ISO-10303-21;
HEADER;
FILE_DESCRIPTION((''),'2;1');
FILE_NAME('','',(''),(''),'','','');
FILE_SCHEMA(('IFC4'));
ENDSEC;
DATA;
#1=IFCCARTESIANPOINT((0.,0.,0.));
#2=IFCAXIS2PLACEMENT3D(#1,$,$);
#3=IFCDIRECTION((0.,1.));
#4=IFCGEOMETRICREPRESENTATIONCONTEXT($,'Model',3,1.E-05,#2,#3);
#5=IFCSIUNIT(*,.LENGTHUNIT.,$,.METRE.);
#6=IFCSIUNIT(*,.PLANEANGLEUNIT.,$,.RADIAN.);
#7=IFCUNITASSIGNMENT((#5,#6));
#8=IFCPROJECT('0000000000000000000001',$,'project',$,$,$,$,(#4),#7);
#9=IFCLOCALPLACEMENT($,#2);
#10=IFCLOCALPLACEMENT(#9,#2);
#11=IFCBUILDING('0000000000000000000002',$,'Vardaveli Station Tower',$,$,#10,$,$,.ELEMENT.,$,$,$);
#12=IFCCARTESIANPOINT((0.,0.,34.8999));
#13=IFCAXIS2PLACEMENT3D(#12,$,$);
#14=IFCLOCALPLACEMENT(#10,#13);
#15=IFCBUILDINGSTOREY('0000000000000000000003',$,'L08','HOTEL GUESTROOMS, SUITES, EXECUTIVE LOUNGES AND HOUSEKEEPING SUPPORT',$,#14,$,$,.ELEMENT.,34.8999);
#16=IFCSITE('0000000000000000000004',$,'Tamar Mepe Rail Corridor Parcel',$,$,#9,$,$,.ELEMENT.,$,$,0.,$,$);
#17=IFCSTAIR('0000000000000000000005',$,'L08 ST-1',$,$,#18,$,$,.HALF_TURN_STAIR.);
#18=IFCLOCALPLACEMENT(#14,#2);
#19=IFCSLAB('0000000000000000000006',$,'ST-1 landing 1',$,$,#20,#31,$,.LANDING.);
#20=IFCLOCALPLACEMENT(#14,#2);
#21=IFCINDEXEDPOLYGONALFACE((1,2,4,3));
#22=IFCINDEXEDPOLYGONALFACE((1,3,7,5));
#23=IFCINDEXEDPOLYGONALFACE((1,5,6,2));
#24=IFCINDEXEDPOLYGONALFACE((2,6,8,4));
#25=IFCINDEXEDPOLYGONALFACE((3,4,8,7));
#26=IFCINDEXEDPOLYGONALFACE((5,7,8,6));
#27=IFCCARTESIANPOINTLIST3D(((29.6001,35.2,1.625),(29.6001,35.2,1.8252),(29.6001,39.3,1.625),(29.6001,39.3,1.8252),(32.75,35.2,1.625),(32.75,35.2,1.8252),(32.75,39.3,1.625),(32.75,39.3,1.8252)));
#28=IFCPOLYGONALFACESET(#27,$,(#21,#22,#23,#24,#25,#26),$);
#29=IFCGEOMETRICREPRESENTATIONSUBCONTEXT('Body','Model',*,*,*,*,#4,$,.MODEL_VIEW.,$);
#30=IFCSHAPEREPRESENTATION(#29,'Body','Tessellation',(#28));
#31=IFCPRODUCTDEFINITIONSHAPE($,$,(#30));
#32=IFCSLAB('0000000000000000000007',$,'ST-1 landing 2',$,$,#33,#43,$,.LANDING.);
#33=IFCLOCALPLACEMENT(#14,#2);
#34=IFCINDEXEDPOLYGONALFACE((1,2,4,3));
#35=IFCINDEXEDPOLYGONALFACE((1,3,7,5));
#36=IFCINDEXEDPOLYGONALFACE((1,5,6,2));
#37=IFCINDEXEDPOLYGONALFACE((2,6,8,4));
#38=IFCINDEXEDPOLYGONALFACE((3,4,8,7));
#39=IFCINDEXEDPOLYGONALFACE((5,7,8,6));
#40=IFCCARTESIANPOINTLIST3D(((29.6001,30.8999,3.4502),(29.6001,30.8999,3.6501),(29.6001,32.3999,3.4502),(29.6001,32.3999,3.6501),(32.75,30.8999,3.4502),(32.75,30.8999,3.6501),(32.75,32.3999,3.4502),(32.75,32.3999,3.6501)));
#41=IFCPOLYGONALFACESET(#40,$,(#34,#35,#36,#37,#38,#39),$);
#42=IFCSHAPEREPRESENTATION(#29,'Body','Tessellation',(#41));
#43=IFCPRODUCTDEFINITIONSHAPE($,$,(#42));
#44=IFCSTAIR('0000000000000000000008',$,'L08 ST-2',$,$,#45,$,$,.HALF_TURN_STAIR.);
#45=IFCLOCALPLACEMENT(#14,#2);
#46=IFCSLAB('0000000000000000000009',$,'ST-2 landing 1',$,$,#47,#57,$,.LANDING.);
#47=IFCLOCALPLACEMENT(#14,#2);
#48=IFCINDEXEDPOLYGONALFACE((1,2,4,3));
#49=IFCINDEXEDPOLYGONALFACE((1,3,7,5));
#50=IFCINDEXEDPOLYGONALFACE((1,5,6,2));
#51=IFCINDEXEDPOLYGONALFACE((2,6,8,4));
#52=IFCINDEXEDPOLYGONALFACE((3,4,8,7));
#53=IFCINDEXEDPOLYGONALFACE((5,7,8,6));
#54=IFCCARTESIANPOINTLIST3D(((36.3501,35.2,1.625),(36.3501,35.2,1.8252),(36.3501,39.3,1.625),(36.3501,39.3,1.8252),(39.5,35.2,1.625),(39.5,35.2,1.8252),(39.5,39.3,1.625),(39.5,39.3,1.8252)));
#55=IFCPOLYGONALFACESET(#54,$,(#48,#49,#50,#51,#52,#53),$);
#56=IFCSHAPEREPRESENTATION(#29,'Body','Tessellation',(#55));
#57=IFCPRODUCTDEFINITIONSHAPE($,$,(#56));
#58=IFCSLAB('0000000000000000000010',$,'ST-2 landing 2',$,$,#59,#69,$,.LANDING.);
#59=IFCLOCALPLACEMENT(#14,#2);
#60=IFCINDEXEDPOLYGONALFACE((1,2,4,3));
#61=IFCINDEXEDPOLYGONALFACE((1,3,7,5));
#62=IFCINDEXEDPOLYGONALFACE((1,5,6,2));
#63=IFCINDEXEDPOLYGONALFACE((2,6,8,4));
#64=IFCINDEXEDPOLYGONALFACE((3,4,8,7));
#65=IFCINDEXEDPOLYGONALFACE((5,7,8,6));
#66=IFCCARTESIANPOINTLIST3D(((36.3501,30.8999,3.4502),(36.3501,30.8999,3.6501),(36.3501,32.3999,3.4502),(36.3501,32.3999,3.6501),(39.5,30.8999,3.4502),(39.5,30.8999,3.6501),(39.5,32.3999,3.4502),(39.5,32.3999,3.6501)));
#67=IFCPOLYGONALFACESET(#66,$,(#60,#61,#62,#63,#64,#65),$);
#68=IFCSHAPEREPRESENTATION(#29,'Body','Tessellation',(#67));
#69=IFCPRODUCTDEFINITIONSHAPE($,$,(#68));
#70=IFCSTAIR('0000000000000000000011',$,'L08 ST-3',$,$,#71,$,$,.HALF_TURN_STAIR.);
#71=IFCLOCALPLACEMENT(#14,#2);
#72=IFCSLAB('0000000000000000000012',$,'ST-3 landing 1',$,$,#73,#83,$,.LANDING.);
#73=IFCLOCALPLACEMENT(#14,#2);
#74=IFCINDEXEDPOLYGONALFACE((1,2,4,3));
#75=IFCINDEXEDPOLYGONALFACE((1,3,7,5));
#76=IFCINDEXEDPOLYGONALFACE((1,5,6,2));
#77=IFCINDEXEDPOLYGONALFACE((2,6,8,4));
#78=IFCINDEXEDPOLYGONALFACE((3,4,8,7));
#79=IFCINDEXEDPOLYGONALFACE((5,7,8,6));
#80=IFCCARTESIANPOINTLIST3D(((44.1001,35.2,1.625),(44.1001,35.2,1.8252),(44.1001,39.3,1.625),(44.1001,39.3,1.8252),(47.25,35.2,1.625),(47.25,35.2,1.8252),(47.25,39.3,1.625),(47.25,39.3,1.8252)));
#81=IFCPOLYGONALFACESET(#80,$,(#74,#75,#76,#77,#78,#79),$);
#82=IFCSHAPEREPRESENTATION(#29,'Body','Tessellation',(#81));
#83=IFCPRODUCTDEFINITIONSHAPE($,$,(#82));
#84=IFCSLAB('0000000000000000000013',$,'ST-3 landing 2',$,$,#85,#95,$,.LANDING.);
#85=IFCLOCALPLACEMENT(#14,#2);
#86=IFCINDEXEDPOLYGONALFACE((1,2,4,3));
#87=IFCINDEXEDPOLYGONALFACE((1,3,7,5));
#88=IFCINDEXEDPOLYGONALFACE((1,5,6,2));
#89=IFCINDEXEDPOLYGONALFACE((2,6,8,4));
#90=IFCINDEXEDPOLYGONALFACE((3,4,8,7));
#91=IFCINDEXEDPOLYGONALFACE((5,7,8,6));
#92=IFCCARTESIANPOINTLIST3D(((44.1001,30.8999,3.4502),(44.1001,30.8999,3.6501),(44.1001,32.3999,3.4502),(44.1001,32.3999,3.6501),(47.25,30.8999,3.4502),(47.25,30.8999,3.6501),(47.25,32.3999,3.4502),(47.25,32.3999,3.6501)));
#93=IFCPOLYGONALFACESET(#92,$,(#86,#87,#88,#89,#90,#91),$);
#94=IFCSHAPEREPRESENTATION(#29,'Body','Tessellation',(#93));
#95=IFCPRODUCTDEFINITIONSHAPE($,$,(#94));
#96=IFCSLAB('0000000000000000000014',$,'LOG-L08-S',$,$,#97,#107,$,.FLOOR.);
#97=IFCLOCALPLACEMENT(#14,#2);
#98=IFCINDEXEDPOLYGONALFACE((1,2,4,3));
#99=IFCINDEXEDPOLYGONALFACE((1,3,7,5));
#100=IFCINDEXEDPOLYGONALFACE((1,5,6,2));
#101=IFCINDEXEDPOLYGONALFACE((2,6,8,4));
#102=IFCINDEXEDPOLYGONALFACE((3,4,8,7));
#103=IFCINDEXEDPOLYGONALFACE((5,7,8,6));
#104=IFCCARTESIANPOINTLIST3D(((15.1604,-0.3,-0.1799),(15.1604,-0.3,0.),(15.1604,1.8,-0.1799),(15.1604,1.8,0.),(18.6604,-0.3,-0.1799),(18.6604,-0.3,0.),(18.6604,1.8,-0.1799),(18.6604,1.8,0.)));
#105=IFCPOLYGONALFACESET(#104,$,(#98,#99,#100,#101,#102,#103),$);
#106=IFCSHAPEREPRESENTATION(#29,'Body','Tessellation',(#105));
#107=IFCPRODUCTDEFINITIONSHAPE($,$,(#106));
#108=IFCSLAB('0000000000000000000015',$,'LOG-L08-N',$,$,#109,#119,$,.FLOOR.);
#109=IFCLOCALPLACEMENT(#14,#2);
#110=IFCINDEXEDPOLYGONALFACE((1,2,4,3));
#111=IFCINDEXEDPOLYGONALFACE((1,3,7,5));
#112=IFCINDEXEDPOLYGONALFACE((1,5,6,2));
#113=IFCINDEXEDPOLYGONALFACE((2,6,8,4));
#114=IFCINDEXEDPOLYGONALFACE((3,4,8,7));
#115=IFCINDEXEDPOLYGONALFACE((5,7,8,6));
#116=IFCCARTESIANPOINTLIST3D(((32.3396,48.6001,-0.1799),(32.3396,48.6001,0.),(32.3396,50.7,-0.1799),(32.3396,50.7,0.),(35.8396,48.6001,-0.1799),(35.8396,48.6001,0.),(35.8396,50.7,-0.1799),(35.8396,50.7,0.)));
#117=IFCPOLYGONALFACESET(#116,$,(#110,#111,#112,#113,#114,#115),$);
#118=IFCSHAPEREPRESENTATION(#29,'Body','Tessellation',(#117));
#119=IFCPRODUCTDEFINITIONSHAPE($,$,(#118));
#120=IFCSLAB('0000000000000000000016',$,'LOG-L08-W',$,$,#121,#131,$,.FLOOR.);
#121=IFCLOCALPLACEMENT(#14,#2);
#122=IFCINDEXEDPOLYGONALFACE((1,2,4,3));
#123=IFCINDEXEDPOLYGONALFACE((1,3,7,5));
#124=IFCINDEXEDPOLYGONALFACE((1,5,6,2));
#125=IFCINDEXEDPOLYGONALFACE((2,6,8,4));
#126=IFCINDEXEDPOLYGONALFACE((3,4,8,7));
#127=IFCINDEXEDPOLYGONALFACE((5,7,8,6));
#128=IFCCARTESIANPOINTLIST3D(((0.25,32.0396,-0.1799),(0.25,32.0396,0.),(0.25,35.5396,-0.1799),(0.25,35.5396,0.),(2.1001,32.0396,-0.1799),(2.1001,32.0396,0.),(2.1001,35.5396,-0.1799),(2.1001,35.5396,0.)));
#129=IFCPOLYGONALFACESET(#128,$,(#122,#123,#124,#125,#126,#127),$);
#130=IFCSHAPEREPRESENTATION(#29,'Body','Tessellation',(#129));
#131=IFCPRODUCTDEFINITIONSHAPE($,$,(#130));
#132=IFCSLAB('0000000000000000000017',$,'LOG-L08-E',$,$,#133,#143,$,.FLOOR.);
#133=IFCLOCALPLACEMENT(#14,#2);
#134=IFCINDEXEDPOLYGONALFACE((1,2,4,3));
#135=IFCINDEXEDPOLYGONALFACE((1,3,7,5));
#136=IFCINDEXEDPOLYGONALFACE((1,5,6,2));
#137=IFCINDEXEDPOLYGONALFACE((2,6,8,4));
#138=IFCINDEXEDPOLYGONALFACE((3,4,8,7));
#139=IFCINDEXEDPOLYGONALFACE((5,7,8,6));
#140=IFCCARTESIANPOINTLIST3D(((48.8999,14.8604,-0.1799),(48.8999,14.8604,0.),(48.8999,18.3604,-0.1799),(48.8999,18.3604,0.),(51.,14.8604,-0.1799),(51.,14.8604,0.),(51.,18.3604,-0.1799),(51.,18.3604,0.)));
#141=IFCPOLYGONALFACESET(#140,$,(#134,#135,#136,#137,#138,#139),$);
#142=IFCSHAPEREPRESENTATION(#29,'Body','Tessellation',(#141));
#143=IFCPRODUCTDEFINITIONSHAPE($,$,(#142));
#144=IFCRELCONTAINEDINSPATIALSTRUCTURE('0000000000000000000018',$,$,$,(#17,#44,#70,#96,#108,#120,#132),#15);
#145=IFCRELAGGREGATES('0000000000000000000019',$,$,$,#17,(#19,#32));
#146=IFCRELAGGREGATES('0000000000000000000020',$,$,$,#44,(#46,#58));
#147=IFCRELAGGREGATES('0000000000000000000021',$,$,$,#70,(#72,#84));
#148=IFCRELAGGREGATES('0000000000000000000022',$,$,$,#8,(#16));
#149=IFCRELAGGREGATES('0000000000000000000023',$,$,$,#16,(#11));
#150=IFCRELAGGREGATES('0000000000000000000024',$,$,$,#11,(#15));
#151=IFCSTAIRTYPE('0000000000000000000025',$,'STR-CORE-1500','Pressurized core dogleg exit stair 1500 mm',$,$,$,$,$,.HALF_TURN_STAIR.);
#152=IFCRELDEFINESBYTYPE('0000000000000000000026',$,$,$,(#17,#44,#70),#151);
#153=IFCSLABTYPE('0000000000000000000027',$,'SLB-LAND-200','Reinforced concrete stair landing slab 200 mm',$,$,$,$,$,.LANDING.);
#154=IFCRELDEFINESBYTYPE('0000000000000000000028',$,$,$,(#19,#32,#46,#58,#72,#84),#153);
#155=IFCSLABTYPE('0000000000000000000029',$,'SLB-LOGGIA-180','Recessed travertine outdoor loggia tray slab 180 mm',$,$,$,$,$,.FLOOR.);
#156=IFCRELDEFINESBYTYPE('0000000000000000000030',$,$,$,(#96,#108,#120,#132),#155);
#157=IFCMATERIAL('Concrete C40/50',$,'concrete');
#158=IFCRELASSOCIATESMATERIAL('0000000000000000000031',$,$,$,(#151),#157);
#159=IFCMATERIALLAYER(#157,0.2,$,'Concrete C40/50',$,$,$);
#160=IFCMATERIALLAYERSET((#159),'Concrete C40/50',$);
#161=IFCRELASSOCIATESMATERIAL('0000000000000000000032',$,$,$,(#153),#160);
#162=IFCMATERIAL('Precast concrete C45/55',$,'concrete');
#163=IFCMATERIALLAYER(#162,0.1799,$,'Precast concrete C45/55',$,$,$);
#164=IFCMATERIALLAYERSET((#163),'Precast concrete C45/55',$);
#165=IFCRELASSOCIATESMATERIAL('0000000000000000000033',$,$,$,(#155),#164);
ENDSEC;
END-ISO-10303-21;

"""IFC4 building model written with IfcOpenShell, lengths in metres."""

from ifc_helpers import new_model, si_unit, direction, frame, origin, place, context, subcontext, project, spatial, polyline, outline, extrude, material, layer, layer_set, type_object, element, aggregate, save


model = new_model("IFC4")

# Units and contexts
model_context = context("Model", 3, precision=1e-05, world=origin(), true_north=direction((0.0, 1.0)))
body_context = subcontext(model_context, "Body", "Model", "MODEL_VIEW")
ifc_project = project(units=[si_unit("LENGTHUNIT", "METRE"), si_unit("PLANEANGLEUNIT", "RADIAN")], contexts=[model_context])

# Site, building, storey
site_placement = place(None, origin())
site = spatial("IfcSite", under=ifc_project, at=site_placement, Name="Tamar Mepe Rail Corridor Parcel", CompositionType="ELEMENT", RefElevation=0.0)
building_placement = place(site_placement, origin())
building = spatial("IfcBuilding", under=site, at=building_placement, Name="Vardaveli Station Tower", CompositionType="ELEMENT")
storey_placement = place(building_placement, frame((0.0, 0.0, 34.8999)))
storey = spatial("IfcBuildingStorey", under=building, at=storey_placement, Name="L08", Description="HOTEL GUESTROOMS, SUITES, EXECUTIVE LOUNGES AND HOUSEKEEPING SUPPORT", CompositionType="ELEMENT", Elevation=34.8999)

# Stairs, slabs
ifc_material_1 = material(Name="Concrete C40/50", Category="concrete")
stair_type = type_object("IfcStairType", Name="STR-CORE-1500", Description="Pressurized core dogleg exit stair 1500 mm", PredefinedType="HALF_TURN_STAIR", material=ifc_material_1)
stair_1_placement = place(storey_placement, origin())
stair_1 = element("IfcStair", 1, at=stair_1_placement, inside=storey, type_object=stair_type, Name="L08 ST-1", PredefinedType="HALF_TURN_STAIR")
ifc_layer_1 = layer(ifc_material_1, 0.2, Name="Concrete C40/50")
ifc_layer_set_1 = layer_set([ifc_layer_1], Name="Concrete C40/50")
slab_type_1 = type_object("IfcSlabType", Name="SLB-LAND-200", Description="Reinforced concrete stair landing slab 200 mm", PredefinedType="LANDING", material=ifc_layer_set_1)
slab_1_placement = place(storey_placement, frame((0.0, 0.0, 1.625)))
slab_1 = element("IfcSlab", 2, at=slab_1_placement, type_object=slab_type_1, Name="ST-1 landing 1", PredefinedType="LANDING", context=body_context, shape_type="SweptSolid", body=[
    extrude(outline(polyline([(32.75, 35.2), (32.75, 39.3), (29.6001, 39.3), (29.6001, 35.2), (32.75, 35.2)])), origin(), (0.0, 0.0, 1.0), 0.2002),
])
slab_2_placement = place(storey_placement, frame((0.0, 0.0, 3.4502)))
slab_2 = element("IfcSlab", 3, at=slab_2_placement, type_object=slab_type_1, Name="ST-1 landing 2", PredefinedType="LANDING", context=body_context, shape_type="SweptSolid", body=[
    extrude(outline(polyline([(32.75, 30.8999), (32.75, 32.3999), (29.6001, 32.3999), (29.6001, 30.8999), (32.75, 30.8999)])), origin(), (0.0, 0.0, 1.0), 0.2),
])
aggregate(stair_1, [slab_1, slab_2])
stair_2_placement = place(storey_placement, origin())
stair_2 = element("IfcStair", 4, at=stair_2_placement, inside=storey, type_object=stair_type, Name="L08 ST-2", PredefinedType="HALF_TURN_STAIR")
slab_3_placement = place(storey_placement, frame((0.0, 0.0, 1.625)))
slab_3 = element("IfcSlab", 5, at=slab_3_placement, type_object=slab_type_1, Name="ST-2 landing 1", PredefinedType="LANDING", context=body_context, shape_type="SweptSolid", body=[
    extrude(outline(polyline([(39.5, 35.2), (39.5, 39.3), (36.3501, 39.3), (36.3501, 35.2), (39.5, 35.2)])), origin(), (0.0, 0.0, 1.0), 0.2002),
])
slab_4_placement = place(storey_placement, frame((0.0, 0.0, 3.4502)))
slab_4 = element("IfcSlab", 6, at=slab_4_placement, type_object=slab_type_1, Name="ST-2 landing 2", PredefinedType="LANDING", context=body_context, shape_type="SweptSolid", body=[
    extrude(outline(polyline([(39.5, 30.8999), (39.5, 32.3999), (36.3501, 32.3999), (36.3501, 30.8999), (39.5, 30.8999)])), origin(), (0.0, 0.0, 1.0), 0.2),
])
aggregate(stair_2, [slab_3, slab_4])
stair_3_placement = place(storey_placement, origin())
stair_3 = element("IfcStair", 7, at=stair_3_placement, inside=storey, type_object=stair_type, Name="L08 ST-3", PredefinedType="HALF_TURN_STAIR")
slab_5_placement = place(storey_placement, frame((0.0, 0.0, 1.625)))
slab_5 = element("IfcSlab", 8, at=slab_5_placement, type_object=slab_type_1, Name="ST-3 landing 1", PredefinedType="LANDING", context=body_context, shape_type="SweptSolid", body=[
    extrude(outline(polyline([(47.25, 35.2), (47.25, 39.3), (44.1001, 39.3), (44.1001, 35.2), (47.25, 35.2)])), origin(), (0.0, 0.0, 1.0), 0.2002),
])
slab_6_placement = place(storey_placement, frame((0.0, 0.0, 3.4502)))
slab_6 = element("IfcSlab", 9, at=slab_6_placement, type_object=slab_type_1, Name="ST-3 landing 2", PredefinedType="LANDING", context=body_context, shape_type="SweptSolid", body=[
    extrude(outline(polyline([(47.25, 30.8999), (47.25, 32.3999), (44.1001, 32.3999), (44.1001, 30.8999), (47.25, 30.8999)])), origin(), (0.0, 0.0, 1.0), 0.2),
])
aggregate(stair_3, [slab_5, slab_6])

# Slabs
ifc_material_2 = material(Name="Precast concrete C45/55", Category="concrete")
ifc_layer_2 = layer(ifc_material_2, 0.1799, Name="Precast concrete C45/55")
ifc_layer_set_2 = layer_set([ifc_layer_2], Name="Precast concrete C45/55")
slab_type_2 = type_object("IfcSlabType", Name="SLB-LOGGIA-180", Description="Recessed travertine outdoor loggia tray slab 180 mm", PredefinedType="FLOOR", material=ifc_layer_set_2)
slab_7_placement = place(storey_placement, frame((0.0, 0.0, -0.1799)))
element("IfcSlab", 10, at=slab_7_placement, inside=storey, type_object=slab_type_2, Name="LOG-L08-S", PredefinedType="FLOOR", context=body_context, shape_type="SweptSolid", body=[
    extrude(outline(polyline([(15.1604, -0.3), (18.6604, -0.3), (18.6604, 1.8), (15.1604, 1.8), (15.1604, -0.3)])), origin(), (0.0, 0.0, 1.0), 0.1799),
])
slab_8_placement = place(storey_placement, frame((0.0, 0.0, -0.1799)))
element("IfcSlab", 11, at=slab_8_placement, inside=storey, type_object=slab_type_2, Name="LOG-L08-N", PredefinedType="FLOOR", context=body_context, shape_type="SweptSolid", body=[
    extrude(outline(polyline([(32.3396, 48.6001), (35.8396, 48.6001), (35.8396, 50.7), (32.3396, 50.7), (32.3396, 48.6001)])), origin(), (0.0, 0.0, 1.0), 0.1799),
])
slab_9_placement = place(storey_placement, frame((0.0, 0.0, -0.1799)))
element("IfcSlab", 12, at=slab_9_placement, inside=storey, type_object=slab_type_2, Name="LOG-L08-W", PredefinedType="FLOOR", context=body_context, shape_type="SweptSolid", body=[
    extrude(outline(polyline([(0.25, 32.0396), (2.1001, 32.0396), (2.1001, 35.5396), (0.25, 35.5396), (0.25, 32.0396)])), origin(), (0.0, 0.0, 1.0), 0.1799),
])
slab_10_placement = place(storey_placement, frame((0.0, 0.0, -0.1799)))
element("IfcSlab", 13, at=slab_10_placement, inside=storey, type_object=slab_type_2, Name="LOG-L08-E", PredefinedType="FLOOR", context=body_context, shape_type="SweptSolid", body=[
    extrude(outline(polyline([(48.8999, 14.8604), (51.0, 14.8604), (51.0, 18.3604), (48.8999, 18.3604), (48.8999, 14.8604)])), origin(), (0.0, 0.0, 1.0), 0.1799),
])

save(model, "model.ifc")
